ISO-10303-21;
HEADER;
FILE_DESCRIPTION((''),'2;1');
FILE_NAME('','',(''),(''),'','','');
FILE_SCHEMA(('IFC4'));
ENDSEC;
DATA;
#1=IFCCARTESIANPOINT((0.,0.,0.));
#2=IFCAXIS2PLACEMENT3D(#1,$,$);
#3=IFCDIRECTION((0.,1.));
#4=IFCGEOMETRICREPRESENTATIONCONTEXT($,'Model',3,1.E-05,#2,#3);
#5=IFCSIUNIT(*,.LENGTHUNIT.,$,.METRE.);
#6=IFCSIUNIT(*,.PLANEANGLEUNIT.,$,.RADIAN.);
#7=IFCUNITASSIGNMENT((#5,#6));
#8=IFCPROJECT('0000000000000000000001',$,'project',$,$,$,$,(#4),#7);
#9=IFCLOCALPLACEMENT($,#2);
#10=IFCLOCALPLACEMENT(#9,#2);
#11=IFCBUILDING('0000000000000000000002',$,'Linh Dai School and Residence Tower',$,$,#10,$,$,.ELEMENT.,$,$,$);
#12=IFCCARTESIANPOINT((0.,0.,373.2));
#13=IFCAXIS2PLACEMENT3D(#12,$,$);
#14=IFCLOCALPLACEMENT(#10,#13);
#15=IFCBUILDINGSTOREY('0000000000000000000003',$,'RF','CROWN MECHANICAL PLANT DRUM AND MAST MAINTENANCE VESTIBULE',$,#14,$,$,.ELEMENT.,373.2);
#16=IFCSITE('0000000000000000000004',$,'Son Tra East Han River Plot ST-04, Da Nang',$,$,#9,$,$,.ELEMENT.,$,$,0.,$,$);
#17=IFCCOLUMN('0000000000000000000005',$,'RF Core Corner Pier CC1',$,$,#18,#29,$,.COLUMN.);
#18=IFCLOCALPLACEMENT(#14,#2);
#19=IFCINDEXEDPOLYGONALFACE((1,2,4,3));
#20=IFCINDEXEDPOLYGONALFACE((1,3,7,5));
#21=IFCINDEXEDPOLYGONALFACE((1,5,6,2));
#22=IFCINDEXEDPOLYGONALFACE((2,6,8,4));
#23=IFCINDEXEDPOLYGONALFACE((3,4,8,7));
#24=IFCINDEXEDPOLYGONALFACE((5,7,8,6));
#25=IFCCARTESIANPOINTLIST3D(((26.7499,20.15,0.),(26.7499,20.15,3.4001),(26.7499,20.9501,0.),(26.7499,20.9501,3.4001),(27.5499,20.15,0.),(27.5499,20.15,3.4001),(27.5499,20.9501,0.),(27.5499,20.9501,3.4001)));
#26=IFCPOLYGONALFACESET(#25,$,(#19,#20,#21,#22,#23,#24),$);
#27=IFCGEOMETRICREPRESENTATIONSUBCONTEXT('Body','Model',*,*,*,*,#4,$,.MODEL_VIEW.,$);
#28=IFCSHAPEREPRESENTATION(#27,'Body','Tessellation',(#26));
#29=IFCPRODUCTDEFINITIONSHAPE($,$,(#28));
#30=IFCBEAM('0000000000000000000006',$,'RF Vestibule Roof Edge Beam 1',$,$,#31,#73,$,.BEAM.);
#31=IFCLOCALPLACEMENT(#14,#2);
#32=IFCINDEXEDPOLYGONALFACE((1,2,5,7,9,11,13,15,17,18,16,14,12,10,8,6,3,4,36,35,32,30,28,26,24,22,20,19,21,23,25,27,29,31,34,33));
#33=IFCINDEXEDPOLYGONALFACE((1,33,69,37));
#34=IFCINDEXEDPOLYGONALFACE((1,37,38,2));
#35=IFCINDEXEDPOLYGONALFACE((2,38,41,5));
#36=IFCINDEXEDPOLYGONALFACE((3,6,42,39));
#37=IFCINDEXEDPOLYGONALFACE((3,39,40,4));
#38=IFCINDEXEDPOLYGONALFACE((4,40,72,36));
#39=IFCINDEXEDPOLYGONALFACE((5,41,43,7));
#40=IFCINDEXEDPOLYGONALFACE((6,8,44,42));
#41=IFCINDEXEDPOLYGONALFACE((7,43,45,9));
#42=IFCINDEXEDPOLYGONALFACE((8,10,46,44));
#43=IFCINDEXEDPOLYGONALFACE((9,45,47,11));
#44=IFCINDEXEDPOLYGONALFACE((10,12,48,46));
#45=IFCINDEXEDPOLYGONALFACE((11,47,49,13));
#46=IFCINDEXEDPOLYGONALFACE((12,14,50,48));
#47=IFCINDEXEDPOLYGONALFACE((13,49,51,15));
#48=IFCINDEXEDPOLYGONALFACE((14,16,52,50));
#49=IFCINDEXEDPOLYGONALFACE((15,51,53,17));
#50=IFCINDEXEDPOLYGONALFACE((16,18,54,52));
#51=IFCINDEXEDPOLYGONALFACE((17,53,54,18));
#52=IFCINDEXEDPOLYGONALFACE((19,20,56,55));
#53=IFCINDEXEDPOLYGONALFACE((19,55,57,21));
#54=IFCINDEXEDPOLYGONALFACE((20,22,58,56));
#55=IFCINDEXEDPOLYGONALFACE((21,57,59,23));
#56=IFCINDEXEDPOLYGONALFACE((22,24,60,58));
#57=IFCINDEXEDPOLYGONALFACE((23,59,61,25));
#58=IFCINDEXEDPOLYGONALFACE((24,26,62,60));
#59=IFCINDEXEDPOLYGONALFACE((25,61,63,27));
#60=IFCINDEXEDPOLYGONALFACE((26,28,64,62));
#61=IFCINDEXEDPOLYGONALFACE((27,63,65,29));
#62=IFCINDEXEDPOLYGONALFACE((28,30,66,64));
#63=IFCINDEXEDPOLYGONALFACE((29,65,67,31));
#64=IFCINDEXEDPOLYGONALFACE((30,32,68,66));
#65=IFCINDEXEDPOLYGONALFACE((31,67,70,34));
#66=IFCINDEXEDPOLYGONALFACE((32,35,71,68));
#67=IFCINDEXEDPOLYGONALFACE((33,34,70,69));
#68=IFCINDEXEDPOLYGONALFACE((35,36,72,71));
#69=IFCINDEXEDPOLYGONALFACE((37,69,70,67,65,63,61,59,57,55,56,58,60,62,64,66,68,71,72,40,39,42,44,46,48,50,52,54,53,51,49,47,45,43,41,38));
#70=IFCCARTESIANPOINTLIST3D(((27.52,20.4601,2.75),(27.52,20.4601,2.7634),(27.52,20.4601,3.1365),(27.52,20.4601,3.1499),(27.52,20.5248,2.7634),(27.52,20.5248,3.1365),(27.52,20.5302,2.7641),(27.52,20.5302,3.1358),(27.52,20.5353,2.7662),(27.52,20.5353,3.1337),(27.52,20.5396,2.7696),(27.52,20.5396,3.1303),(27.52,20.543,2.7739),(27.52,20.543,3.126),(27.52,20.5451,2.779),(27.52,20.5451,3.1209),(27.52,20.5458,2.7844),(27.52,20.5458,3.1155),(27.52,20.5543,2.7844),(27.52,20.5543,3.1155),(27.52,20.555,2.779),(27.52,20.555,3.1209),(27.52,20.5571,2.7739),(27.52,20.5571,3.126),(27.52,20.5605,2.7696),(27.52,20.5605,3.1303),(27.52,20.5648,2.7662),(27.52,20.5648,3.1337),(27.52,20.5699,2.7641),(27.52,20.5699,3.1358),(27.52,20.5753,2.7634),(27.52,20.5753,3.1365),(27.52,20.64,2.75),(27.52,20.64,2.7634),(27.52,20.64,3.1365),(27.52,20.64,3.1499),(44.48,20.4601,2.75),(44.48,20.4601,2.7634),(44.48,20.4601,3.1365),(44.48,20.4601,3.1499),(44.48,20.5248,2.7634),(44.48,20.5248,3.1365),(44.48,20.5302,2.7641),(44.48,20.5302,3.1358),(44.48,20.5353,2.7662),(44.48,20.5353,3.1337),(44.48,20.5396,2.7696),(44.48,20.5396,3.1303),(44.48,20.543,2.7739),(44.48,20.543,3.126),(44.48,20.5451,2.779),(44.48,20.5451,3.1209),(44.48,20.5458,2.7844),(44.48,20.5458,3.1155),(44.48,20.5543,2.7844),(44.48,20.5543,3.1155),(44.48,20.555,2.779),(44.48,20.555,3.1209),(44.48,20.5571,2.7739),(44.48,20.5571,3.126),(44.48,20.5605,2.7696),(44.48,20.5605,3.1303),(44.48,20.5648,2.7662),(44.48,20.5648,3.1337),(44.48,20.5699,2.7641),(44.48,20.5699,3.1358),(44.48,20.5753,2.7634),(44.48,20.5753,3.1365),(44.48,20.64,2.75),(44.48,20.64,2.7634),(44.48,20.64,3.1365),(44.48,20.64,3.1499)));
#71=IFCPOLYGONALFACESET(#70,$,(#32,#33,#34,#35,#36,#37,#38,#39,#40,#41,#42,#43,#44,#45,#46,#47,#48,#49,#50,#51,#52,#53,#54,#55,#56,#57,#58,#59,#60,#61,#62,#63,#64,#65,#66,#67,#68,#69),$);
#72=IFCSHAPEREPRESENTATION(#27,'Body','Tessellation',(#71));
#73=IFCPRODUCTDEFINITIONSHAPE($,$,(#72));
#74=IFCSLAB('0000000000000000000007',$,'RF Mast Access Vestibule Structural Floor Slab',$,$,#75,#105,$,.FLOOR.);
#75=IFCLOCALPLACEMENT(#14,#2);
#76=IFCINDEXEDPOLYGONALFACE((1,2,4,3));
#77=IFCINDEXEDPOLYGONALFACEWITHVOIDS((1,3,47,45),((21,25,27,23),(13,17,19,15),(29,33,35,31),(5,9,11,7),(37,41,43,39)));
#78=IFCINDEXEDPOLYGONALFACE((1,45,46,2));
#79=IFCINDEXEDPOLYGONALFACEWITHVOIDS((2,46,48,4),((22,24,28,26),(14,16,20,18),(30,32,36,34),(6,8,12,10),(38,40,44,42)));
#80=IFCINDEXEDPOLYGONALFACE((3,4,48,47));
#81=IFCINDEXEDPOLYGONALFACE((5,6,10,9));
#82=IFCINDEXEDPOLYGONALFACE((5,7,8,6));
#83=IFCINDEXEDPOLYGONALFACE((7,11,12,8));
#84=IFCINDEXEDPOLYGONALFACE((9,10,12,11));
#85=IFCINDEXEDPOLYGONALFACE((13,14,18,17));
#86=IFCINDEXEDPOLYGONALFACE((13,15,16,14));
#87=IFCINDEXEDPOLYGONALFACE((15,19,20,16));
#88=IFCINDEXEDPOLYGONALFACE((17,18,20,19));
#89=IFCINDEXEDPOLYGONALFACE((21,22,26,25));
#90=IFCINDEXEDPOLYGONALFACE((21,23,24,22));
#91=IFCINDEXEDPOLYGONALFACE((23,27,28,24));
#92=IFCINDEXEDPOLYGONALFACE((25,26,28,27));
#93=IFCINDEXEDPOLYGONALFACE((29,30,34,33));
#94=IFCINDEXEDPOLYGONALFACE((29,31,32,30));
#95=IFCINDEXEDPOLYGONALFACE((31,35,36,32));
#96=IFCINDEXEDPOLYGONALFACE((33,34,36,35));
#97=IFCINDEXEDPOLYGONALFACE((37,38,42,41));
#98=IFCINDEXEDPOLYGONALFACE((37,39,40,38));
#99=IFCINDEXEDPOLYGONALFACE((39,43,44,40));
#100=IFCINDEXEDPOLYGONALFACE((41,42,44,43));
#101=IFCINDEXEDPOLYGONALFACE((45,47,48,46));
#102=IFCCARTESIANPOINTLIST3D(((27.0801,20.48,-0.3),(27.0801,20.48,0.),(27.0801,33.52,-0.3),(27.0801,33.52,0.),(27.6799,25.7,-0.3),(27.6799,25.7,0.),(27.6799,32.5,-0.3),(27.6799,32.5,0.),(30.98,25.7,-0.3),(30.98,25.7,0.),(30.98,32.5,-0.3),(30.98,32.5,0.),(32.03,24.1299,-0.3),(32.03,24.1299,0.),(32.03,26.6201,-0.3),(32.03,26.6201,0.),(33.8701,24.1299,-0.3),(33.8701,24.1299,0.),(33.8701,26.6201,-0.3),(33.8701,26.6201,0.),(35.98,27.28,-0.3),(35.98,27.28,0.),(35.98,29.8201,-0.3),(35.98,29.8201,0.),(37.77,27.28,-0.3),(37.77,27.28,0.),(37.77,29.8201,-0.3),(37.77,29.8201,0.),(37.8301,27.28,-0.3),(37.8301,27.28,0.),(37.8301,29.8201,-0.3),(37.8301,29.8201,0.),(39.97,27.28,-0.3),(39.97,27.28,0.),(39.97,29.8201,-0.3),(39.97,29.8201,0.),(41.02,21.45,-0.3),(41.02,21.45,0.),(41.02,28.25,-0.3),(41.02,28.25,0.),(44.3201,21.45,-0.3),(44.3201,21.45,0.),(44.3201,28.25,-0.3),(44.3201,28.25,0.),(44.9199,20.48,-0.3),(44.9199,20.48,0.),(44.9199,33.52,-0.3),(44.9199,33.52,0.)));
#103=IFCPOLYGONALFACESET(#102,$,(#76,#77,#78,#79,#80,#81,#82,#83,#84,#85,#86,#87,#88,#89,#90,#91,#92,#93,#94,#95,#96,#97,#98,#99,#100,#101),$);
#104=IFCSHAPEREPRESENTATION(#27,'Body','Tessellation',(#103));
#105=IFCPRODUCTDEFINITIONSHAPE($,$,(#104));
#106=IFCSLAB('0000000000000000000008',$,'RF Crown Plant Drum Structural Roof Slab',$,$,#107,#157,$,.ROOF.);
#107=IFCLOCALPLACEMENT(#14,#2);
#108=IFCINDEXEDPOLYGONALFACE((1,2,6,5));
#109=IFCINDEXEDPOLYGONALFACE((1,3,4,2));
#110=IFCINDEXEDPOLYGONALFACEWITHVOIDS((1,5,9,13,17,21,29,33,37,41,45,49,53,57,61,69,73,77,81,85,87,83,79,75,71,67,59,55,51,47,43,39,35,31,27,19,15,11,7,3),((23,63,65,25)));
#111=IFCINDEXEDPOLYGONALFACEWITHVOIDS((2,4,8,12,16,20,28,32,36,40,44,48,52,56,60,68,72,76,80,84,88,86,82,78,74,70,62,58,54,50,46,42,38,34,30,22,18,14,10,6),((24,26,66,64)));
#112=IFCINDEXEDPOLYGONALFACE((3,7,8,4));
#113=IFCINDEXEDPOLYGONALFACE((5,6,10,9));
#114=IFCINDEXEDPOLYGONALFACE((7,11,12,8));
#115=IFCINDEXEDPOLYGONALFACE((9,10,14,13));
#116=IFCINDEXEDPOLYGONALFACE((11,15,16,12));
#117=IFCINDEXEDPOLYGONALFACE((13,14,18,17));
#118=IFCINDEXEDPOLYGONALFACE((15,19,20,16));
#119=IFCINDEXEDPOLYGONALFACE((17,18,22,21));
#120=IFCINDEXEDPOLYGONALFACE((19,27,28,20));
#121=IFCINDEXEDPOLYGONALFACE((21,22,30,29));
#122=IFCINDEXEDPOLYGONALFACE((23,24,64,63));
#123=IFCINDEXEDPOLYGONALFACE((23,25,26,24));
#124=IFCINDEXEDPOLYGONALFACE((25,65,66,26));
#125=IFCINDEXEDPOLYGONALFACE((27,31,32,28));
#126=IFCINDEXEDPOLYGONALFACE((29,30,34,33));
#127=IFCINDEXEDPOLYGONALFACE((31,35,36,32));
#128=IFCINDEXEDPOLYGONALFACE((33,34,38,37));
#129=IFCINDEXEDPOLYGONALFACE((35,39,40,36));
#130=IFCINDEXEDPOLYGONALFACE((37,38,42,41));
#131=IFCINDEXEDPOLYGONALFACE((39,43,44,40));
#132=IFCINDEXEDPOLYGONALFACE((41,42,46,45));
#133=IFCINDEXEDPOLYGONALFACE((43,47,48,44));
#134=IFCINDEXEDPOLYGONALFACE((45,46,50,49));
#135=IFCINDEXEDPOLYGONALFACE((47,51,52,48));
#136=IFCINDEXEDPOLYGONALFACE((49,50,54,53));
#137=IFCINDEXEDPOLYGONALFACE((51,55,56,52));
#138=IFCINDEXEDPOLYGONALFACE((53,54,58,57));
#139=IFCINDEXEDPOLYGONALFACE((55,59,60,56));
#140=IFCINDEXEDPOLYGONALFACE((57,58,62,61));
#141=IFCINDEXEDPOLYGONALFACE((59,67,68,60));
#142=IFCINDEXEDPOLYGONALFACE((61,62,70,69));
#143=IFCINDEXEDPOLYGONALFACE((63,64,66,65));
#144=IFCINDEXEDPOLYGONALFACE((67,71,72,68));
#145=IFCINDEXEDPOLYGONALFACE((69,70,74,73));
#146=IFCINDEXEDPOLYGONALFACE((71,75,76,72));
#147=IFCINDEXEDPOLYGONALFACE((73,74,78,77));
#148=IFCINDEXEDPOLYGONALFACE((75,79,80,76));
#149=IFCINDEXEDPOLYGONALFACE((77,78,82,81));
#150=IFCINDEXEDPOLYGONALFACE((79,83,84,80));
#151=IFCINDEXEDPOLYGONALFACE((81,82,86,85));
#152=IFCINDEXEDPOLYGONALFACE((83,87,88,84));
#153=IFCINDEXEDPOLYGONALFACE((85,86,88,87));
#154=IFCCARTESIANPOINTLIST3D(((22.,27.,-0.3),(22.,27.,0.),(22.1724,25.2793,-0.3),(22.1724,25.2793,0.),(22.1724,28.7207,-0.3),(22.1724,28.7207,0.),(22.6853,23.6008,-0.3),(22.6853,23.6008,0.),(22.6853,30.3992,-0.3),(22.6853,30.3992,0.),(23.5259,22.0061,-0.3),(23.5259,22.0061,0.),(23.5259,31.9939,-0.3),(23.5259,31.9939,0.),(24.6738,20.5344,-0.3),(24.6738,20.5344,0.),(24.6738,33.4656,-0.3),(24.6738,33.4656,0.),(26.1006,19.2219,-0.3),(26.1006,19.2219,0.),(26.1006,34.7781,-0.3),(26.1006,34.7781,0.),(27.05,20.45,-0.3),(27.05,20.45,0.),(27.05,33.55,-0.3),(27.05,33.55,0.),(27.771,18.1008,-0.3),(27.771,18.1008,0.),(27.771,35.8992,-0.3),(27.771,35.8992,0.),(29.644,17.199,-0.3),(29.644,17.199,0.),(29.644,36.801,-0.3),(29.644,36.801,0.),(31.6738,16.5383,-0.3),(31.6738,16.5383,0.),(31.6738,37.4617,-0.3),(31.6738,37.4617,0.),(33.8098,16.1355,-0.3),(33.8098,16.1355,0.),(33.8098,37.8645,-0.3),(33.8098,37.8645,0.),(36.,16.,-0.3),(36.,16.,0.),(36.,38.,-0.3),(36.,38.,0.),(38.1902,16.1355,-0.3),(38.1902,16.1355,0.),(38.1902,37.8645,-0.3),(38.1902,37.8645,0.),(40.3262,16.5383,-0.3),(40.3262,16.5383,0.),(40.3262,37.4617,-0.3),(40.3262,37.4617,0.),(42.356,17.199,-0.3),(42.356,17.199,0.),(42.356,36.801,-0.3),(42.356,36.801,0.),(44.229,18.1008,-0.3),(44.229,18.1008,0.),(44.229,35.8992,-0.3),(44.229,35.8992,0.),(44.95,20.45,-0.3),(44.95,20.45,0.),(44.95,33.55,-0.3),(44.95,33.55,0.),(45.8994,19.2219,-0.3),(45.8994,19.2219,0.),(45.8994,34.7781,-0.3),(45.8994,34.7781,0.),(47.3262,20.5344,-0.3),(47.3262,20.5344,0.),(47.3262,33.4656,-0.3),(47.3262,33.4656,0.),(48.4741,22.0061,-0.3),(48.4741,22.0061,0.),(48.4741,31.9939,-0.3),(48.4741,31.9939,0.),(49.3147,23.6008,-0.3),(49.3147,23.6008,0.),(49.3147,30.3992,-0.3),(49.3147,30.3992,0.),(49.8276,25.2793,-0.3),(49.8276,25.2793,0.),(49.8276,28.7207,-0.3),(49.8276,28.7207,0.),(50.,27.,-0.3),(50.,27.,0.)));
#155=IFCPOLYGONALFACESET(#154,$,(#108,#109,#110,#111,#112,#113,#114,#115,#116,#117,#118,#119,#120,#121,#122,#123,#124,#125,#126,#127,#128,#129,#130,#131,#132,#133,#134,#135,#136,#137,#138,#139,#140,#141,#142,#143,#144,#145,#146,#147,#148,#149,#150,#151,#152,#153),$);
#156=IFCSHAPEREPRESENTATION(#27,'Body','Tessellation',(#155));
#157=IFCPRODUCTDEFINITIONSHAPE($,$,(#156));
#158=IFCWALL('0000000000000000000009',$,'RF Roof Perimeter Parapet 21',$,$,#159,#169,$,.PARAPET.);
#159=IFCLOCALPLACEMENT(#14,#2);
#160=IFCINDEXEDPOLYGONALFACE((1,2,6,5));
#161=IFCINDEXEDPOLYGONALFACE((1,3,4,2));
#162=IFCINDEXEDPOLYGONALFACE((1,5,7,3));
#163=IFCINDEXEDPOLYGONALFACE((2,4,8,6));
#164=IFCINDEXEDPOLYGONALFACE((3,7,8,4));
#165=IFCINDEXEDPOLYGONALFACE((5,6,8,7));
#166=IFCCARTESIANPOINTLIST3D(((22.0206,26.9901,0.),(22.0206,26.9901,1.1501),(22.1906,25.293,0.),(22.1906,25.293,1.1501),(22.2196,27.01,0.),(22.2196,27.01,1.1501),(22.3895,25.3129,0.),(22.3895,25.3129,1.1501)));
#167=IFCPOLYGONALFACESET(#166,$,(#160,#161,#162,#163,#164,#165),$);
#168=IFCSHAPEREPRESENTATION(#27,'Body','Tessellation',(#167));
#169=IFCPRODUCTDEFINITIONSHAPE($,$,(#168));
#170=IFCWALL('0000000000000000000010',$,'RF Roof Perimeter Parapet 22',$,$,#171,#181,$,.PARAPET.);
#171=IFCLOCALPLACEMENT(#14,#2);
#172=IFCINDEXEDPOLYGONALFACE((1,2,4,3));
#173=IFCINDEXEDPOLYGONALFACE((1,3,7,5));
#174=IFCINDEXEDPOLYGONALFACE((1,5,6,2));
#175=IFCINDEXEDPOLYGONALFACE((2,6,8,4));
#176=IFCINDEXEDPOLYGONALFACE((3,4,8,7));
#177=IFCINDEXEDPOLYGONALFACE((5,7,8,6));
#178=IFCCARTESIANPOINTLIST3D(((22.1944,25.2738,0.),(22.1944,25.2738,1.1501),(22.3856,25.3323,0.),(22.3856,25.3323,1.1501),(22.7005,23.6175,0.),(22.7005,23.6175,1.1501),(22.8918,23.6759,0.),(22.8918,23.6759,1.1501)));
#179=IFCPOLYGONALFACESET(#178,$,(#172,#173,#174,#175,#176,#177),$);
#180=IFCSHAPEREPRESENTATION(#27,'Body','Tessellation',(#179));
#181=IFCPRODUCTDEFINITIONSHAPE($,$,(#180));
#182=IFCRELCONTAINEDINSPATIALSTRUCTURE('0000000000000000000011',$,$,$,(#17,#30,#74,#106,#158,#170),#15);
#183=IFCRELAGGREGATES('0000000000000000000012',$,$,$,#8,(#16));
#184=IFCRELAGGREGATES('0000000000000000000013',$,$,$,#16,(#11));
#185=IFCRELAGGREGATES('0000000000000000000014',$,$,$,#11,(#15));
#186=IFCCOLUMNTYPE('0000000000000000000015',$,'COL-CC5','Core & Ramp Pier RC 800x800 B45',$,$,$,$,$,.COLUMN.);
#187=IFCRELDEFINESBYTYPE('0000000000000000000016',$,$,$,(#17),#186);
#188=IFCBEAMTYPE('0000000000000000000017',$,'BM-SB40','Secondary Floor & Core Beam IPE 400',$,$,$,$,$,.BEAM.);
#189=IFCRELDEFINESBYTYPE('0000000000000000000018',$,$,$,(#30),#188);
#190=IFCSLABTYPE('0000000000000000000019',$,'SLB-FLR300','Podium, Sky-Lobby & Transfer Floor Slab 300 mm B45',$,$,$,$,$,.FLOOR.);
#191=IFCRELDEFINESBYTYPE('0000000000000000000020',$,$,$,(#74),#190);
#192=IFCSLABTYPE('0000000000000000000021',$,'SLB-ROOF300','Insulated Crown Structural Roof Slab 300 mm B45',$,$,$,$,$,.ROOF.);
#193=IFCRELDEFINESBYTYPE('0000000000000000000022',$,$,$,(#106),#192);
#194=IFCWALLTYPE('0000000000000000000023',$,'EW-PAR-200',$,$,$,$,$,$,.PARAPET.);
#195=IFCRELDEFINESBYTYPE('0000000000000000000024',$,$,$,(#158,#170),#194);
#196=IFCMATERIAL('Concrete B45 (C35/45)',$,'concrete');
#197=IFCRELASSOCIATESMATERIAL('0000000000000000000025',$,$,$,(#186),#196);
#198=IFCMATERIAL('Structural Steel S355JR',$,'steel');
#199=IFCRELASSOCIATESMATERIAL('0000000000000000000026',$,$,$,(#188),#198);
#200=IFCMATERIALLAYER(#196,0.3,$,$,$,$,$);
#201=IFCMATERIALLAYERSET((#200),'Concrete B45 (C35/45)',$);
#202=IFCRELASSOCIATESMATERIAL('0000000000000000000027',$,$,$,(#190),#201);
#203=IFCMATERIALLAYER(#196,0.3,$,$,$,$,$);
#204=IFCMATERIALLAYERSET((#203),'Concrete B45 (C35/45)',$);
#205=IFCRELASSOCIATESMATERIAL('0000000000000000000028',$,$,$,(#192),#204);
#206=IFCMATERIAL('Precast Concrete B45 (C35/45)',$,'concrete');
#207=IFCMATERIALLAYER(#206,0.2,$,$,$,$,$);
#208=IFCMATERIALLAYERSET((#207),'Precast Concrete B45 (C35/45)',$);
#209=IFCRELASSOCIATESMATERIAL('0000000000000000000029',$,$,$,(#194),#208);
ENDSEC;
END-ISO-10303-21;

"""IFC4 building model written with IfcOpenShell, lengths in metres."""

from ifc_helpers import new_model, si_unit, direction, frame, frame_2d, origin, origin_2d, place, context, subcontext, project, spatial, polyline, rectangle, i_section, outline, extrude, material, layer, layer_set, material_profile, profile_set, type_object, element, save


model = new_model("IFC4")

# Units and contexts
model_context = context("Model", 3, precision=1e-05, world=origin(), true_north=direction((0.0, 1.0)))
body_context = subcontext(model_context, "Body", "Model", "MODEL_VIEW")
ifc_project = project(units=[si_unit("LENGTHUNIT", "METRE"), si_unit("PLANEANGLEUNIT", "RADIAN")], contexts=[model_context])

# Site, building, storey
site_placement = place(None, origin())
site = spatial("IfcSite", under=ifc_project, at=site_placement, Name="Son Tra East Han River Plot ST-04, Da Nang", CompositionType="ELEMENT", RefElevation=0.0)
building_placement = place(site_placement, origin())
building = spatial("IfcBuilding", under=site, at=building_placement, Name="Linh Dai School and Residence Tower", CompositionType="ELEMENT")
storey_placement = place(building_placement, frame((0.0, 0.0, 373.2)))
storey = spatial("IfcBuildingStorey", under=building, at=storey_placement, Name="RF", Description="CROWN MECHANICAL PLANT DRUM AND MAST MAINTENANCE VESTIBULE", CompositionType="ELEMENT", Elevation=373.2)

# Column
ifc_material_1 = material(Name="Concrete B45 (C35/45)", Category="concrete")
ifc_material_profile_1 = material_profile(ifc_material_1, rectangle(XDim=0.8, YDim=0.8, at=origin_2d()), Name="RC 800x800")
ifc_profile_set_1 = profile_set([ifc_material_profile_1], Name="Concrete B45 (C35/45)")
column_type = type_object("IfcColumnType", Name="COL-CC5", Description="Core & Ramp Pier RC 800x800 B45", PredefinedType="COLUMN", material=ifc_profile_set_1)
column_placement = place(storey_placement, frame((27.1499, 20.55, 0.0), z_axis=(0.0, 0.0, 1.0), x_axis=(1.0, 0.0, 0.0)))
element("IfcColumn", 1, at=column_placement, inside=storey, type_object=column_type, Name="RF Core Corner Pier CC1", PredefinedType="COLUMN", context=body_context, shape_type="SweptSolid", body=[
    extrude(rectangle(XDim=0.8, YDim=0.8, at=origin_2d()), origin(), (0.0, 0.0, 1.0), 3.4001),
])

# Beam
ifc_material_2 = material(Name="Structural Steel S355JR", Category="steel")
ifc_material_profile_2 = material_profile(ifc_material_2, i_section(OverallWidth=0.1799, OverallDepth=0.3999, WebThickness=0.0085, FlangeThickness=0.0134, FilletRadius=0.021, at=origin_2d()), Name="IPE 400")
ifc_profile_set_2 = profile_set([ifc_material_profile_2], Name="Structural Steel S355JR")
beam_type = type_object("IfcBeamType", Name="BM-SB40", Description="Secondary Floor & Core Beam IPE 400", PredefinedType="BEAM", material=ifc_profile_set_2)
beam_placement = place(storey_placement, frame((27.52, 20.55, 2.95), z_axis=(1.0, 0.0, 0.0), x_axis=(0.0, 1.0, 0.0)))
element("IfcBeam", 2, at=beam_placement, inside=storey, type_object=beam_type, Name="RF Vestibule Roof Edge Beam 1", PredefinedType="BEAM", context=body_context, shape_type="SweptSolid", body=[
    extrude(i_section(OverallWidth=0.1799, OverallDepth=0.3999, WebThickness=0.0085, FlangeThickness=0.0134, FilletRadius=0.021, at=origin_2d()), origin(), (0.0, 0.0, 1.0), 16.96),
])

# Slabs
ifc_layer_1 = layer(ifc_material_1, 0.3)
ifc_layer_set_1 = layer_set([ifc_layer_1], Name="Concrete B45 (C35/45)")
slab_type_1 = type_object("IfcSlabType", Name="SLB-FLR300", Description="Podium, Sky-Lobby & Transfer Floor Slab 300 mm B45", PredefinedType="FLOOR", material=ifc_layer_set_1)
slab_1_placement = place(storey_placement, frame((0.0, 0.0, -0.3)))
element("IfcSlab", 3, at=slab_1_placement, inside=storey, type_object=slab_type_1, Name="RF Mast Access Vestibule Structural Floor Slab", PredefinedType="FLOOR", context=body_context, shape_type="SweptSolid", body=[
    extrude(outline(polyline([(27.0801, 20.48), (44.9199, 20.48), (44.9199, 33.52), (27.0801, 33.52), (27.0801, 20.48)]), holes=[polyline([(30.98, 25.7), (30.98, 32.5), (27.6799, 32.5), (27.6799, 25.7), (30.98, 25.7)]), polyline([(41.02, 28.25), (41.02, 21.45), (44.3201, 21.45), (44.3201, 28.25), (41.02, 28.25)]), polyline([(35.98, 27.28), (37.77, 27.28), (37.77, 29.8201), (35.98, 29.8201), (35.98, 27.28)]), polyline([(32.03, 24.1299), (33.8701, 24.1299), (33.8701, 26.6201), (32.03, 26.6201), (32.03, 24.1299)]), polyline([(37.8301, 27.28), (39.97, 27.28), (39.97, 29.8201), (37.8301, 29.8201), (37.8301, 27.28)])]), origin(), (0.0, 0.0, 1.0), 0.3),
])
ifc_layer_2 = layer(ifc_material_1, 0.3)
ifc_layer_set_2 = layer_set([ifc_layer_2], Name="Concrete B45 (C35/45)")
slab_type_2 = type_object("IfcSlabType", Name="SLB-ROOF300", Description="Insulated Crown Structural Roof Slab 300 mm B45", PredefinedType="ROOF", material=ifc_layer_set_2)
slab_2_placement = place(storey_placement, frame((0.0, 0.0, -0.3)))
element("IfcSlab", 4, at=slab_2_placement, inside=storey, type_object=slab_type_2, Name="RF Crown Plant Drum Structural Roof Slab", PredefinedType="ROOF", context=body_context, shape_type="SweptSolid", body=[
    extrude(outline(polyline([(50.0, 27.0), (49.8276, 28.7207), (49.3147, 30.3992), (48.4741, 31.9939), (47.3262, 33.4656), (45.8994, 34.7781), (44.229, 35.8992), (42.356, 36.801), (40.3262, 37.4617), (38.1902, 37.8645), (36.0, 38.0), (33.8098, 37.8645), (31.6738, 37.4617), (29.644, 36.801), (27.771, 35.8992), (26.1006, 34.7781), (24.6738, 33.4656), (23.5259, 31.9939), (22.6853, 30.3992), (22.1724, 28.7207), (22.0, 27.0), (22.1724, 25.2793), (22.6853, 23.6008), (23.5259, 22.0061), (24.6738, 20.5344), (26.1006, 19.2219), (27.771, 18.1008), (29.644, 17.199), (31.6738, 16.5383), (33.8098, 16.1355), (36.0, 16.0), (38.1902, 16.1355), (40.3262, 16.5383), (42.356, 17.199), (44.229, 18.1008), (45.8994, 19.2219), (47.3262, 20.5344), (48.4741, 22.0061), (49.3147, 23.6008), (49.8276, 25.2793), (50.0, 27.0)]), holes=[polyline([(27.05, 20.45), (44.95, 20.45), (44.95, 33.55), (27.05, 33.55), (27.05, 20.45)])]), origin(), (0.0, 0.0, 1.0), 0.3),
])

# Walls
ifc_material_3 = material(Name="Precast Concrete B45 (C35/45)", Category="concrete")
ifc_layer_3 = layer(ifc_material_3, 0.2)
ifc_layer_set_3 = layer_set([ifc_layer_3], Name="Precast Concrete B45 (C35/45)")
wall_type_1 = type_object("IfcWallType", Name="EW-PAR-200", PredefinedType="PARAPET", material=ifc_layer_set_3)
wall_1_placement = place(storey_placement, frame((22.29, 25.303, 0.0), z_axis=(0.0, 0.0, 1.0), x_axis=(-0.099631, 0.995024, 0.0)))
element("IfcWall", 5, at=wall_1_placement, inside=storey, type_object=wall_type_1, Name="RF Roof Perimeter Parapet 21", PredefinedType="PARAPET", context=body_context, shape_type="SweptSolid", body=[
    extrude(rectangle(XDim=1.7056, YDim=0.2, at=frame_2d((0.8528, 0.0))), origin(), (0.0, 0.0, 1.0), 1.1501),
])
wall_2_placement = place(storey_placement, frame((22.7961, 23.6467, 0.0), z_axis=(0.0, 0.0, 1.0), x_axis=(-0.292233, 0.956347, 0.0)))
element("IfcWall", 6, at=wall_2_placement, inside=storey, type_object=wall_type_1, Name="RF Roof Perimeter Parapet 22", PredefinedType="PARAPET", context=body_context, shape_type="SweptSolid", body=[
    extrude(rectangle(XDim=1.7319, YDim=0.2, at=frame_2d((0.866, 0.0))), origin(), (0.0, 0.0, 1.0), 1.1501),
])

save(model, "model.ifc")
